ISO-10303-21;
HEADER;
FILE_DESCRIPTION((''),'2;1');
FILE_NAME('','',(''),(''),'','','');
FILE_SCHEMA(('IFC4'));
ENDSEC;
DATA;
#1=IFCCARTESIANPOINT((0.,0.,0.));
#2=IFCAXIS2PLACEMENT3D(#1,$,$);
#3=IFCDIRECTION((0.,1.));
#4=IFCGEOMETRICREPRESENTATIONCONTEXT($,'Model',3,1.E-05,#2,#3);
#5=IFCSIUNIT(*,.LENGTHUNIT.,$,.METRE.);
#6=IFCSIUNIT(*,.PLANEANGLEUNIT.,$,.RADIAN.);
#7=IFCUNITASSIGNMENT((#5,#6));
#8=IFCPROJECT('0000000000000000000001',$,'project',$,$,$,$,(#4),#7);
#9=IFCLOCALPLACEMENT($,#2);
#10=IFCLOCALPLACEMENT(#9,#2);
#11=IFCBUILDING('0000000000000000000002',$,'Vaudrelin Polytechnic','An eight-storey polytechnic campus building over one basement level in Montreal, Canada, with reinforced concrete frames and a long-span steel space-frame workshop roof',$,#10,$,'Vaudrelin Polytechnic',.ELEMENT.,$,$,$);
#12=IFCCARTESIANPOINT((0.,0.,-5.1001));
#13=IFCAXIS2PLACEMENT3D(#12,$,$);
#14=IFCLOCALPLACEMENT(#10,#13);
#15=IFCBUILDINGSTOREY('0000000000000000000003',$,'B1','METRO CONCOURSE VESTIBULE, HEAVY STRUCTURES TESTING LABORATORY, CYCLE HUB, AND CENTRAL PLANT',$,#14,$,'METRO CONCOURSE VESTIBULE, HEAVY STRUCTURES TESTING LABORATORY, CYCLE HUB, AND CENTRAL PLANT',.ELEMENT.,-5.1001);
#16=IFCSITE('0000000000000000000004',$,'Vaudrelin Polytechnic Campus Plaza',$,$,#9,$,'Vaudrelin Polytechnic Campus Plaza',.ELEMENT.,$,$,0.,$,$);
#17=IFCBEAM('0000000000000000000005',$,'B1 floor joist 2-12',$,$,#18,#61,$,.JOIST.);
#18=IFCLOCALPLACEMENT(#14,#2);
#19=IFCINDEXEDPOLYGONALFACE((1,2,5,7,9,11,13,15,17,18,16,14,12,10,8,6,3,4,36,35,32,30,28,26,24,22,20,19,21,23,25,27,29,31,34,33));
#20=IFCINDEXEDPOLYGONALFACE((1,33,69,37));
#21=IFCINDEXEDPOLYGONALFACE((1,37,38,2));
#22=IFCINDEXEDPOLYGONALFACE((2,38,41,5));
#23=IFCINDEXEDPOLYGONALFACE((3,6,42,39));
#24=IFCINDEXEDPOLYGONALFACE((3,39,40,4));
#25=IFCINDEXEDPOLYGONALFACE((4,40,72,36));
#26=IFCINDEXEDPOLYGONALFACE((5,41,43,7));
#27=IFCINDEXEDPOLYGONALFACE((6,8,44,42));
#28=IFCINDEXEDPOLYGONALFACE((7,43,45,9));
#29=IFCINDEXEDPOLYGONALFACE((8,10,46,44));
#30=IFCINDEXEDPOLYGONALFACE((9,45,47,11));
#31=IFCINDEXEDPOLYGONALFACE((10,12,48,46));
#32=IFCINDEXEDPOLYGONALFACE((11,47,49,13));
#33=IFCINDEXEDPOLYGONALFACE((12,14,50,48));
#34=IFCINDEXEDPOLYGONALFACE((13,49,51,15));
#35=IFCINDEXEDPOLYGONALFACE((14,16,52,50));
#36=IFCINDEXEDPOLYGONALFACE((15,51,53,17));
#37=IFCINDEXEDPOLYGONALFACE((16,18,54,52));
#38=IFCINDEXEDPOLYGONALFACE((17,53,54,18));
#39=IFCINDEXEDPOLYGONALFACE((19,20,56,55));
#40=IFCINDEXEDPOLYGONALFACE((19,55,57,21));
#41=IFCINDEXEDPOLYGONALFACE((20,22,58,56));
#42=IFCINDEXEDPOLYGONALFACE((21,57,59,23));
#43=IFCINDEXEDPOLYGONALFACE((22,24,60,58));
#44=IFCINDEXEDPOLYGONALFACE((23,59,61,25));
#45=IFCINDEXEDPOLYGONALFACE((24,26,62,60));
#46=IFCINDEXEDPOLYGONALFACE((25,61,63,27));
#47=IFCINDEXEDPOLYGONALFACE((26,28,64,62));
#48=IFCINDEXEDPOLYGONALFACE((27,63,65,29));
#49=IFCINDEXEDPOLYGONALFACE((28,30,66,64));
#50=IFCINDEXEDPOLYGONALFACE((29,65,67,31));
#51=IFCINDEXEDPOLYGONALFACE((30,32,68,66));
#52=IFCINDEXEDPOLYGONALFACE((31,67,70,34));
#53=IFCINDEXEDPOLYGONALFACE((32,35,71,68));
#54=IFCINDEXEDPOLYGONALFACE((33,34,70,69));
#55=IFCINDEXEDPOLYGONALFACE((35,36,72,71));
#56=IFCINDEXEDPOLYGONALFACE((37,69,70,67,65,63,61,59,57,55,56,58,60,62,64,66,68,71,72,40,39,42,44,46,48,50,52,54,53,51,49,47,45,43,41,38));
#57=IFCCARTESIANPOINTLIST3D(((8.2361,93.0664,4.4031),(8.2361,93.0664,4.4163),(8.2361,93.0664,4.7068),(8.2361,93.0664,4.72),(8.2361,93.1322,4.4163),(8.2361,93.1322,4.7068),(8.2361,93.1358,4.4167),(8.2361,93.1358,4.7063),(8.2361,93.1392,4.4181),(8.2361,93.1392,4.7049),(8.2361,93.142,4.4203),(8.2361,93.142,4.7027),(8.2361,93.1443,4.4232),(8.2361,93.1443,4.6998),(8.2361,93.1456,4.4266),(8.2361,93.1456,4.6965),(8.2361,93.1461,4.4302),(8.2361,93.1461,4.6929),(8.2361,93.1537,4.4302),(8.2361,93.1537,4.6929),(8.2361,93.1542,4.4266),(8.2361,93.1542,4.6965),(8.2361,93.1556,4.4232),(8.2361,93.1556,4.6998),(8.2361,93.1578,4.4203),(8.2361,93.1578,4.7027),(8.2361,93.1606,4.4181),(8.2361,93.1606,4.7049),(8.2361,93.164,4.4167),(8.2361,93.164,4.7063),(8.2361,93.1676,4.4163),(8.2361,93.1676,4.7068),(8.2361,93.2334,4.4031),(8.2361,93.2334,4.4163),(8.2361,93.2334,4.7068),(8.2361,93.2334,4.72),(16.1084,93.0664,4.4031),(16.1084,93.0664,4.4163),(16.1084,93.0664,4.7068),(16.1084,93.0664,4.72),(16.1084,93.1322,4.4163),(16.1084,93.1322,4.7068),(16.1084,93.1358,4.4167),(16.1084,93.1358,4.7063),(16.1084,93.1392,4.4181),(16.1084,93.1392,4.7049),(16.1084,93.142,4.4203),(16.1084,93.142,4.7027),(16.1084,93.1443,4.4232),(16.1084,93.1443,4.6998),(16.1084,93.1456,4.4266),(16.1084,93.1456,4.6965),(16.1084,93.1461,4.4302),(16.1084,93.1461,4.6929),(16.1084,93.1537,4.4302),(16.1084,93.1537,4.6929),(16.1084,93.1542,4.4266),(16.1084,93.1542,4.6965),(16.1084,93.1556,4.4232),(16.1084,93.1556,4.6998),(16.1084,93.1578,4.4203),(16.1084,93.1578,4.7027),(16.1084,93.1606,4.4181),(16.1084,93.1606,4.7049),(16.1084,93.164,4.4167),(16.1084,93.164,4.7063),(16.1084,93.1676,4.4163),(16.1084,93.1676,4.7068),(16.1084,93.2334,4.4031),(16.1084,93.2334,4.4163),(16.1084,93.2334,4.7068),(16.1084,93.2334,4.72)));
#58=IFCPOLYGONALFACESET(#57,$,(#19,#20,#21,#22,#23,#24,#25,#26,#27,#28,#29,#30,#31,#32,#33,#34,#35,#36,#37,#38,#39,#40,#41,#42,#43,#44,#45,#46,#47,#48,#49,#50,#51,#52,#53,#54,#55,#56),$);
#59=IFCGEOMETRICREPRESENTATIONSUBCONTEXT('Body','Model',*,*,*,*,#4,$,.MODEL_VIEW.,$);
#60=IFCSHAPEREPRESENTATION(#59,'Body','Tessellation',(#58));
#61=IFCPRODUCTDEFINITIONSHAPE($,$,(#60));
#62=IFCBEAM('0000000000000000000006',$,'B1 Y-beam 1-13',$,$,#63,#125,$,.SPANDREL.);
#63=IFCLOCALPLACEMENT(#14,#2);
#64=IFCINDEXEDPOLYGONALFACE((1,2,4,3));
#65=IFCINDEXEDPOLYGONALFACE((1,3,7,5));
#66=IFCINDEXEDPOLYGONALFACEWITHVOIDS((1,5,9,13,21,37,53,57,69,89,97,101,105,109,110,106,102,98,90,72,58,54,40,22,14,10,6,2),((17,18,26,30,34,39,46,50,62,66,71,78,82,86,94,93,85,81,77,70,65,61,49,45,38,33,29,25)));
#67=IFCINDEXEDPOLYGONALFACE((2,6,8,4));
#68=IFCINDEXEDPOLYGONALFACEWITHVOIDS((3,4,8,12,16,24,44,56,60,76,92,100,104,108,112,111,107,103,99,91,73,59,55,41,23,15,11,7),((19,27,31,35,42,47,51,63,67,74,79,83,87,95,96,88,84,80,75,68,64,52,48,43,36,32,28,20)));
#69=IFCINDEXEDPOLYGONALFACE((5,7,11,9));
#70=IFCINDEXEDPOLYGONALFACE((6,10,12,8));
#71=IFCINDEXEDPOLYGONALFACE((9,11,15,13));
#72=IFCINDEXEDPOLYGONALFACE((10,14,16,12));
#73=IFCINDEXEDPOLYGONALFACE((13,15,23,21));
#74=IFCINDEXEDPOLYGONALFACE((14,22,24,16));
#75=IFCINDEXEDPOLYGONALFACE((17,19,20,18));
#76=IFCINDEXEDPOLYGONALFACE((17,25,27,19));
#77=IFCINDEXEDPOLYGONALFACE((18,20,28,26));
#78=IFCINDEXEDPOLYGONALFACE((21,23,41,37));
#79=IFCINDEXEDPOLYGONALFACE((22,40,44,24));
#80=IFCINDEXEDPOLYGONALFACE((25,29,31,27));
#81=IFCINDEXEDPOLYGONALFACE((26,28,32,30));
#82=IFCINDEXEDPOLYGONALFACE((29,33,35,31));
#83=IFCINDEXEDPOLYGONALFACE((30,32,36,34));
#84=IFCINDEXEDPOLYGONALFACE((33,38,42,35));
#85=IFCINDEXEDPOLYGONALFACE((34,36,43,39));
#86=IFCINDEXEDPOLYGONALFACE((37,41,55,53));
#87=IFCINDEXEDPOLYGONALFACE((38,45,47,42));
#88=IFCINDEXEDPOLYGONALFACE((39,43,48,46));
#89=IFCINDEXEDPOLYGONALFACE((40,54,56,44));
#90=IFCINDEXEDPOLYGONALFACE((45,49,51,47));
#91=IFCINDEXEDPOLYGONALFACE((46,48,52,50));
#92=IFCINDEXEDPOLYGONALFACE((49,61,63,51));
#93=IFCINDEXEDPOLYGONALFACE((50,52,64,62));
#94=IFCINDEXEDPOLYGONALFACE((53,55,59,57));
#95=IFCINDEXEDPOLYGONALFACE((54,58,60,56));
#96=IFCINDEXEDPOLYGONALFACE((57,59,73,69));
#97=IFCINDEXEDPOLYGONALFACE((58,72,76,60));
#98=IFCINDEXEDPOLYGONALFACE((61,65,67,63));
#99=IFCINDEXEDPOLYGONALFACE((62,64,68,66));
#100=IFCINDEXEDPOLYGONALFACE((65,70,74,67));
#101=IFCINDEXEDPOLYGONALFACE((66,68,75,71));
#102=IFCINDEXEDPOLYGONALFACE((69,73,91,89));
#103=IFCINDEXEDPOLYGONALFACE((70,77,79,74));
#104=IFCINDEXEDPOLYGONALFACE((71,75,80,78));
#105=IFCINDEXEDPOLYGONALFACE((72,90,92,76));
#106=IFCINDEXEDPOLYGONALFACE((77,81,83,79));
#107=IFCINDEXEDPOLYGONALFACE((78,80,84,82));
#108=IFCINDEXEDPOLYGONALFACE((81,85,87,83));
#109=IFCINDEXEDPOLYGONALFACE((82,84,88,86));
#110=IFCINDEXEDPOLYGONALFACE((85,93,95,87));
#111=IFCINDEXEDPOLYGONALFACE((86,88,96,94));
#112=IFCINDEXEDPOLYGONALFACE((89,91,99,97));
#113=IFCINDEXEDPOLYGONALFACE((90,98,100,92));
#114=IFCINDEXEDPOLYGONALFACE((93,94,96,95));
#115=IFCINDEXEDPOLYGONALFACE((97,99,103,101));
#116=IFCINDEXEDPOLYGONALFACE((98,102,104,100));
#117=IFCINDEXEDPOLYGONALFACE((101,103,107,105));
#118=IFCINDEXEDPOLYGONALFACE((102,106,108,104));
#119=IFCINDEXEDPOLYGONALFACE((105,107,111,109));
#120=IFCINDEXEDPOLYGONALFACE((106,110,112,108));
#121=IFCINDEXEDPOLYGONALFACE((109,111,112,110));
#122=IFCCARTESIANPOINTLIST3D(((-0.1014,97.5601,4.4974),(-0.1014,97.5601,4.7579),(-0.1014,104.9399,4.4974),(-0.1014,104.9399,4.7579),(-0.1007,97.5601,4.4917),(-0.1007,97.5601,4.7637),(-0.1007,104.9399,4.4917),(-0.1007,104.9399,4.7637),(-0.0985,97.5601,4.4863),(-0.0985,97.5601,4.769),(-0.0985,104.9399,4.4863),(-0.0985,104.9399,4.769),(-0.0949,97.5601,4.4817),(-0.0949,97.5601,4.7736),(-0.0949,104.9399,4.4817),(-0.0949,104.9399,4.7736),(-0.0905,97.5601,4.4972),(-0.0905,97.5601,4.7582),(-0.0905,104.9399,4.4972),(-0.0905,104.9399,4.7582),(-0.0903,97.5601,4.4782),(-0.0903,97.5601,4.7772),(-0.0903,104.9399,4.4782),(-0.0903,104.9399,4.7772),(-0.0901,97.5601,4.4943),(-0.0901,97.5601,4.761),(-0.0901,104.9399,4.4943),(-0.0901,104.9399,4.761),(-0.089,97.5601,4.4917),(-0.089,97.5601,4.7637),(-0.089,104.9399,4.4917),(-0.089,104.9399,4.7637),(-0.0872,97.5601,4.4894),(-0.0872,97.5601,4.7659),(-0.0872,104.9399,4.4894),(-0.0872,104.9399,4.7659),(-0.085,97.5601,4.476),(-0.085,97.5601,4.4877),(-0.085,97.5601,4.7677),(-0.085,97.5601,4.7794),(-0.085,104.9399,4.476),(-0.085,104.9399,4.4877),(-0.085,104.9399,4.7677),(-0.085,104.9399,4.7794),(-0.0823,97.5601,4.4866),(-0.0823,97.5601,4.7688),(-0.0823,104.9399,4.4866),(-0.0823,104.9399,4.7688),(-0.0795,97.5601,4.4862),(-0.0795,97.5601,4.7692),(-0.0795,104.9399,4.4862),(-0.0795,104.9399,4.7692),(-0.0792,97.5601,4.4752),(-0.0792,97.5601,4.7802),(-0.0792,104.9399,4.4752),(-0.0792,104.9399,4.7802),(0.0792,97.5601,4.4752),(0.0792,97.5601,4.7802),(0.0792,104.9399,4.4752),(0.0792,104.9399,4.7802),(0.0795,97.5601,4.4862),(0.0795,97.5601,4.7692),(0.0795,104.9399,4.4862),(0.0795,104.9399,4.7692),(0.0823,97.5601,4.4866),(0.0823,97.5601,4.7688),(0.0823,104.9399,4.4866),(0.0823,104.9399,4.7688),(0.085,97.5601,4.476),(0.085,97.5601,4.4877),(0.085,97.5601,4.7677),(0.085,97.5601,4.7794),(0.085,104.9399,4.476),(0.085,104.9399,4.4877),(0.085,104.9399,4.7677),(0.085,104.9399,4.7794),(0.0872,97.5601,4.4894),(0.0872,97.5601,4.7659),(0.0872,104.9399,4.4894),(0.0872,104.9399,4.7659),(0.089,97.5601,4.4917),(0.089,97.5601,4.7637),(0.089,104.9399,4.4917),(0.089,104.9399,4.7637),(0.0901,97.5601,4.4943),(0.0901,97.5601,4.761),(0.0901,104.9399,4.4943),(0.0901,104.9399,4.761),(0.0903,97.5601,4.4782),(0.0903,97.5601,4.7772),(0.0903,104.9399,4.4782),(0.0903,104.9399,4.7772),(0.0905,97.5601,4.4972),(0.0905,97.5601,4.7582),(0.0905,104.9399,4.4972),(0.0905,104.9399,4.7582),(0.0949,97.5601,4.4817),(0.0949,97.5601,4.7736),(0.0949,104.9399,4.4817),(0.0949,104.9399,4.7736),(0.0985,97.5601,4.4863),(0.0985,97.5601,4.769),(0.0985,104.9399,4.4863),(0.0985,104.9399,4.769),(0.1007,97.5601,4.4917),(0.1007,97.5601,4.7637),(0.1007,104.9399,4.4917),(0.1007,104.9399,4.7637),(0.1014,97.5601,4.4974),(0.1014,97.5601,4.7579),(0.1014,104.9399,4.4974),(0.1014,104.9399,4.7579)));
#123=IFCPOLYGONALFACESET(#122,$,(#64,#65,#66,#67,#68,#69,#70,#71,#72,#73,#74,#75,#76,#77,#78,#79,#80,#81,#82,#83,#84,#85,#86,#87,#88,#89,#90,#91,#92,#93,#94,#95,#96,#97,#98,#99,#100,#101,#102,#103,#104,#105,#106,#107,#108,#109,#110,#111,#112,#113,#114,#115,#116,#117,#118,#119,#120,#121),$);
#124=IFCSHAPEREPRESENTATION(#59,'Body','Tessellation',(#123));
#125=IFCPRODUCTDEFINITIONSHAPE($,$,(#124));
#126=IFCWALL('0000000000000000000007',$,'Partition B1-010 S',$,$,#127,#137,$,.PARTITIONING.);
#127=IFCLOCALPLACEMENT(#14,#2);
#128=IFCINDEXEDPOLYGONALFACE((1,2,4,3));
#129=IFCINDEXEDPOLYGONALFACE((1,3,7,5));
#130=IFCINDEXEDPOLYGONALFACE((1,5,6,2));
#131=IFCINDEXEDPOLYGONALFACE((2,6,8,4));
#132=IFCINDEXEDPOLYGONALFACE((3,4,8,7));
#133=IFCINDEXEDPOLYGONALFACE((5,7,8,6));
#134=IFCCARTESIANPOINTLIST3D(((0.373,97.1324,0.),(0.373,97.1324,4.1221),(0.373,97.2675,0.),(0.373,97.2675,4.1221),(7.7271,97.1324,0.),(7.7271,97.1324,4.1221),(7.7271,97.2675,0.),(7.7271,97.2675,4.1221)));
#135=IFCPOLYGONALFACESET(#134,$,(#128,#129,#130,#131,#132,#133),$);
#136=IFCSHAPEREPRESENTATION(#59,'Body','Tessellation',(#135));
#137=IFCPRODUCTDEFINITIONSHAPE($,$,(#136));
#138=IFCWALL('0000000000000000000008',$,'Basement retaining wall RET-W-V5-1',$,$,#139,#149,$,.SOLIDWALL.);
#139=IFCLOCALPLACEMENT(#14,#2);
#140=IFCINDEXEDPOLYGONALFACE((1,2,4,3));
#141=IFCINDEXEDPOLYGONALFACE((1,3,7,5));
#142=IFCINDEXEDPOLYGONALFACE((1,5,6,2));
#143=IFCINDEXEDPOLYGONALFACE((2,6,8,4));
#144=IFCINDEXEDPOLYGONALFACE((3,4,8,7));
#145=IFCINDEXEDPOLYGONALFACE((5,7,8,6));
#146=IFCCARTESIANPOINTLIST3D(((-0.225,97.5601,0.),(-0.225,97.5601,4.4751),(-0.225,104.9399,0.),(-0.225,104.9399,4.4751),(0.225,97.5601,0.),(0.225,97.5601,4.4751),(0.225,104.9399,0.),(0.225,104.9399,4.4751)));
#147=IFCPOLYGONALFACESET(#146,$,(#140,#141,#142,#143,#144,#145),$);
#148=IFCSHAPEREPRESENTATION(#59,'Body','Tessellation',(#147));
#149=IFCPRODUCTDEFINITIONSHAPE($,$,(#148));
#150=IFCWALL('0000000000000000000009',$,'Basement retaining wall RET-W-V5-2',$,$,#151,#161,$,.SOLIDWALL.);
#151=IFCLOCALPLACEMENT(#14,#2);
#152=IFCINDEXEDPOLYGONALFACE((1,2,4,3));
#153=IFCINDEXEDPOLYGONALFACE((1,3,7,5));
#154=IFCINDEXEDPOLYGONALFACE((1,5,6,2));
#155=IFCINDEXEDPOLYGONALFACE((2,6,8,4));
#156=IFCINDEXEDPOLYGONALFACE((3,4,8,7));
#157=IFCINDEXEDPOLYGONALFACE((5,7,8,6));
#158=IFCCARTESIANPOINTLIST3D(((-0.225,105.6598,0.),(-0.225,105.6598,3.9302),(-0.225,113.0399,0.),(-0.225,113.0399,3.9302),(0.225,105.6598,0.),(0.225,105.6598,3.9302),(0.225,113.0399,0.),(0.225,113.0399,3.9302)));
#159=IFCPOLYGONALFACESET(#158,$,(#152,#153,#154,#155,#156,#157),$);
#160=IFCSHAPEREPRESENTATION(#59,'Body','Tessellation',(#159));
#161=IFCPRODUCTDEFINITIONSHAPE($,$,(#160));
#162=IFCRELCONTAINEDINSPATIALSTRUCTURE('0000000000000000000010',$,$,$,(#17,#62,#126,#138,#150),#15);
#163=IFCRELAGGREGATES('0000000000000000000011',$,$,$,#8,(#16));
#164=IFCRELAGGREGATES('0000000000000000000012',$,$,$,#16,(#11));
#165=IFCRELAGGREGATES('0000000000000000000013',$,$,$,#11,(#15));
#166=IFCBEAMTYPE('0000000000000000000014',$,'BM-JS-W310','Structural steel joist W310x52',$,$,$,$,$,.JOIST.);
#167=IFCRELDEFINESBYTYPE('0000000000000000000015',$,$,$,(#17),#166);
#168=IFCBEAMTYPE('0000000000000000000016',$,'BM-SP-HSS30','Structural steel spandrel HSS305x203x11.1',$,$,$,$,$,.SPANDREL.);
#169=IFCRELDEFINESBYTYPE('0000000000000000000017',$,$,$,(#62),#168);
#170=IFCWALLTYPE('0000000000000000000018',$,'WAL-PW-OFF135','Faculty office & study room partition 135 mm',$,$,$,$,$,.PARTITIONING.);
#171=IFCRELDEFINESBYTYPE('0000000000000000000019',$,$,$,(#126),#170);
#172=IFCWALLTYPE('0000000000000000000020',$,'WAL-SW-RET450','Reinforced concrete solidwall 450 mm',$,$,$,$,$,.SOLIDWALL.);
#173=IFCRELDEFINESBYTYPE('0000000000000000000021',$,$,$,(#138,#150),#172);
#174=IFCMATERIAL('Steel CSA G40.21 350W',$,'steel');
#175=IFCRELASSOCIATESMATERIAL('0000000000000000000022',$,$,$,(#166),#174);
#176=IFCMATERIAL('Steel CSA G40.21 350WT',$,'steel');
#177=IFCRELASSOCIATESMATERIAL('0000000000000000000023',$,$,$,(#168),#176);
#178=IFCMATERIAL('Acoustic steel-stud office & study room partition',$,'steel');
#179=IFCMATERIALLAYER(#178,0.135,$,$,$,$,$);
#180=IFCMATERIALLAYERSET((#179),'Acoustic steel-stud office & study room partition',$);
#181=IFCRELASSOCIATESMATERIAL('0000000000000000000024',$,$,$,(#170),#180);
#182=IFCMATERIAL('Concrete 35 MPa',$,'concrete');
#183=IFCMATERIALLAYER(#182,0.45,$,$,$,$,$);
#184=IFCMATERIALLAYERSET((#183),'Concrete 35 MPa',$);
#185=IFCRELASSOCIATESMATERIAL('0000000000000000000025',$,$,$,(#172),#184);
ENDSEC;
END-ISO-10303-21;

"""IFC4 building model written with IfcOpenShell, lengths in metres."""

from ifc_helpers import new_model, si_unit, direction, frame, frame_2d, origin, origin_2d, place, context, subcontext, project, spatial, rectangle, hollow_rectangle, i_section, extrude, material, layer, layer_set, material_profile, profile_set, type_object, element, save


model = new_model("IFC4")

# Units and contexts
model_context = context("Model", 3, precision=1e-05, world=origin(), true_north=direction((0.0, 1.0)))
body_context = subcontext(model_context, "Body", "Model", "MODEL_VIEW")
ifc_project = project(units=[si_unit("LENGTHUNIT", "METRE"), si_unit("PLANEANGLEUNIT", "RADIAN")], contexts=[model_context])

# Site, building, storey
site_placement = place(None, origin())
site = spatial("IfcSite", under=ifc_project, at=site_placement, Name="Vaudrelin Polytechnic Campus Plaza", LongName="Vaudrelin Polytechnic Campus Plaza", CompositionType="ELEMENT", RefElevation=0.0)
building_placement = place(site_placement, origin())
building = spatial("IfcBuilding", under=site, at=building_placement, Name="Vaudrelin Polytechnic", Description="An eight-storey polytechnic campus building over one basement level in Montreal, Canada, with reinforced concrete frames and a long-span steel space-frame workshop roof", LongName="Vaudrelin Polytechnic", CompositionType="ELEMENT")
storey_placement = place(building_placement, frame((0.0, 0.0, -5.1001)))
storey = spatial("IfcBuildingStorey", under=building, at=storey_placement, Name="B1", Description="METRO CONCOURSE VESTIBULE, HEAVY STRUCTURES TESTING LABORATORY, CYCLE HUB, AND CENTRAL PLANT", LongName="METRO CONCOURSE VESTIBULE, HEAVY STRUCTURES TESTING LABORATORY, CYCLE HUB, AND CENTRAL PLANT", CompositionType="ELEMENT", Elevation=-5.1001)

# Beams
ifc_material_1 = material(Name="Steel CSA G40.21 350W", Category="steel")
ifc_material_profile_1 = material_profile(ifc_material_1, i_section(OverallWidth=0.167, OverallDepth=0.3169, WebThickness=0.0076, FlangeThickness=0.0132, FilletRadius=0.0139, at=origin_2d()), Name="W310x52")
ifc_profile_set_1 = profile_set([ifc_material_profile_1], Name="Steel CSA G40.21 350W")
beam_type_1 = type_object("IfcBeamType", Name="BM-JS-W310", Description="Structural steel joist W310x52", PredefinedType="JOIST", material=ifc_profile_set_1)
beam_1_placement = place(storey_placement, frame((8.2361, 93.1499, 4.5615), z_axis=(1.0, 0.0, 0.0), x_axis=(0.0, 1.0, 0.0)))
element("IfcBeam", 1, at=beam_1_placement, inside=storey, type_object=beam_type_1, Name="B1 floor joist 2-12", PredefinedType="JOIST", context=body_context, shape_type="SweptSolid", body=[
    extrude(i_section(OverallWidth=0.167, OverallDepth=0.3169, WebThickness=0.0076, FlangeThickness=0.0132, FilletRadius=0.0139, at=origin_2d()), origin(), (0.0, 0.0, 1.0), 7.8723),
])
ifc_material_2 = material(Name="Steel CSA G40.21 350WT", Category="steel")
ifc_material_profile_2 = material_profile(ifc_material_2, hollow_rectangle(XDim=0.2029, YDim=0.3049, WallThickness=0.011, InnerFilletRadius=0.011, OuterFilletRadius=0.0222, at=origin_2d()), Name="HSS305x203x11.1")
ifc_profile_set_2 = profile_set([ifc_material_profile_2], Name="Steel CSA G40.21 350WT")
beam_type_2 = type_object("IfcBeamType", Name="BM-SP-HSS30", Description="Structural steel spandrel HSS305x203x11.1", PredefinedType="SPANDREL", material=ifc_profile_set_2)
beam_2_placement = place(storey_placement, frame((0.0, 97.5601, 4.6277), z_axis=(0.0, 1.0, 0.0), x_axis=(-1.0, 0.0, 0.0)))
element("IfcBeam", 2, at=beam_2_placement, inside=storey, type_object=beam_type_2, Name="B1 Y-beam 1-13", PredefinedType="SPANDREL", context=body_context, shape_type="SweptSolid", body=[
    extrude(hollow_rectangle(XDim=0.2029, YDim=0.3049, WallThickness=0.011, InnerFilletRadius=0.011, OuterFilletRadius=0.0222, at=origin_2d()), origin(), (0.0, 0.0, 1.0), 7.3799),
])

# Walls
ifc_material_3 = material(Name="Acoustic steel-stud office & study room partition", Category="steel")
ifc_layer_1 = layer(ifc_material_3, 0.135)
ifc_layer_set_1 = layer_set([ifc_layer_1], Name="Acoustic steel-stud office & study room partition")
wall_type_1 = type_object("IfcWallType", Name="WAL-PW-OFF135", Description="Faculty office & study room partition 135 mm", PredefinedType="PARTITIONING", material=ifc_layer_set_1)
wall_1_placement = place(storey_placement, frame((0.373, 97.2, 0.0), z_axis=(0.0, 0.0, 1.0), x_axis=(1.0, 0.0, 0.0)))
element("IfcWall", 3, at=wall_1_placement, inside=storey, type_object=wall_type_1, Name="Partition B1-010 S", PredefinedType="PARTITIONING", context=body_context, shape_type="SweptSolid", body=[
    extrude(rectangle(XDim=7.354, YDim=0.135, at=frame_2d((3.677, 0.0))), origin(), (0.0, 0.0, 1.0), 4.1221),
])
ifc_material_4 = material(Name="Concrete 35 MPa", Category="concrete")
ifc_layer_2 = layer(ifc_material_4, 0.45)
ifc_layer_set_2 = layer_set([ifc_layer_2], Name="Concrete 35 MPa")
wall_type_2 = type_object("IfcWallType", Name="WAL-SW-RET450", Description="Reinforced concrete solidwall 450 mm", PredefinedType="SOLIDWALL", material=ifc_layer_set_2)
wall_2_placement = place(storey_placement, frame((0.0, 97.5601, 0.0), z_axis=(0.0, 0.0, 1.0), x_axis=(0.0, 1.0, 0.0)))
element("IfcWall", 4, at=wall_2_placement, inside=storey, type_object=wall_type_2, Name="Basement retaining wall RET-W-V5-1", PredefinedType="SOLIDWALL", context=body_context, shape_type="SweptSolid", body=[
    extrude(rectangle(XDim=7.3799, YDim=0.45, at=frame_2d((3.6899, 0.0))), origin(), (0.0, 0.0, 1.0), 4.4751),
])
wall_3_placement = place(storey_placement, frame((0.0, 105.6599, 0.0), z_axis=(0.0, 0.0, 1.0), x_axis=(0.0, 1.0, 0.0)))
element("IfcWall", 5, at=wall_3_placement, inside=storey, type_object=wall_type_2, Name="Basement retaining wall RET-W-V5-2", PredefinedType="SOLIDWALL", context=body_context, shape_type="SweptSolid", body=[
    extrude(rectangle(XDim=7.3801, YDim=0.45, at=frame_2d((3.6899, 0.0))), origin(), (0.0, 0.0, 1.0), 3.9302),
])

save(model, "model.ifc")
